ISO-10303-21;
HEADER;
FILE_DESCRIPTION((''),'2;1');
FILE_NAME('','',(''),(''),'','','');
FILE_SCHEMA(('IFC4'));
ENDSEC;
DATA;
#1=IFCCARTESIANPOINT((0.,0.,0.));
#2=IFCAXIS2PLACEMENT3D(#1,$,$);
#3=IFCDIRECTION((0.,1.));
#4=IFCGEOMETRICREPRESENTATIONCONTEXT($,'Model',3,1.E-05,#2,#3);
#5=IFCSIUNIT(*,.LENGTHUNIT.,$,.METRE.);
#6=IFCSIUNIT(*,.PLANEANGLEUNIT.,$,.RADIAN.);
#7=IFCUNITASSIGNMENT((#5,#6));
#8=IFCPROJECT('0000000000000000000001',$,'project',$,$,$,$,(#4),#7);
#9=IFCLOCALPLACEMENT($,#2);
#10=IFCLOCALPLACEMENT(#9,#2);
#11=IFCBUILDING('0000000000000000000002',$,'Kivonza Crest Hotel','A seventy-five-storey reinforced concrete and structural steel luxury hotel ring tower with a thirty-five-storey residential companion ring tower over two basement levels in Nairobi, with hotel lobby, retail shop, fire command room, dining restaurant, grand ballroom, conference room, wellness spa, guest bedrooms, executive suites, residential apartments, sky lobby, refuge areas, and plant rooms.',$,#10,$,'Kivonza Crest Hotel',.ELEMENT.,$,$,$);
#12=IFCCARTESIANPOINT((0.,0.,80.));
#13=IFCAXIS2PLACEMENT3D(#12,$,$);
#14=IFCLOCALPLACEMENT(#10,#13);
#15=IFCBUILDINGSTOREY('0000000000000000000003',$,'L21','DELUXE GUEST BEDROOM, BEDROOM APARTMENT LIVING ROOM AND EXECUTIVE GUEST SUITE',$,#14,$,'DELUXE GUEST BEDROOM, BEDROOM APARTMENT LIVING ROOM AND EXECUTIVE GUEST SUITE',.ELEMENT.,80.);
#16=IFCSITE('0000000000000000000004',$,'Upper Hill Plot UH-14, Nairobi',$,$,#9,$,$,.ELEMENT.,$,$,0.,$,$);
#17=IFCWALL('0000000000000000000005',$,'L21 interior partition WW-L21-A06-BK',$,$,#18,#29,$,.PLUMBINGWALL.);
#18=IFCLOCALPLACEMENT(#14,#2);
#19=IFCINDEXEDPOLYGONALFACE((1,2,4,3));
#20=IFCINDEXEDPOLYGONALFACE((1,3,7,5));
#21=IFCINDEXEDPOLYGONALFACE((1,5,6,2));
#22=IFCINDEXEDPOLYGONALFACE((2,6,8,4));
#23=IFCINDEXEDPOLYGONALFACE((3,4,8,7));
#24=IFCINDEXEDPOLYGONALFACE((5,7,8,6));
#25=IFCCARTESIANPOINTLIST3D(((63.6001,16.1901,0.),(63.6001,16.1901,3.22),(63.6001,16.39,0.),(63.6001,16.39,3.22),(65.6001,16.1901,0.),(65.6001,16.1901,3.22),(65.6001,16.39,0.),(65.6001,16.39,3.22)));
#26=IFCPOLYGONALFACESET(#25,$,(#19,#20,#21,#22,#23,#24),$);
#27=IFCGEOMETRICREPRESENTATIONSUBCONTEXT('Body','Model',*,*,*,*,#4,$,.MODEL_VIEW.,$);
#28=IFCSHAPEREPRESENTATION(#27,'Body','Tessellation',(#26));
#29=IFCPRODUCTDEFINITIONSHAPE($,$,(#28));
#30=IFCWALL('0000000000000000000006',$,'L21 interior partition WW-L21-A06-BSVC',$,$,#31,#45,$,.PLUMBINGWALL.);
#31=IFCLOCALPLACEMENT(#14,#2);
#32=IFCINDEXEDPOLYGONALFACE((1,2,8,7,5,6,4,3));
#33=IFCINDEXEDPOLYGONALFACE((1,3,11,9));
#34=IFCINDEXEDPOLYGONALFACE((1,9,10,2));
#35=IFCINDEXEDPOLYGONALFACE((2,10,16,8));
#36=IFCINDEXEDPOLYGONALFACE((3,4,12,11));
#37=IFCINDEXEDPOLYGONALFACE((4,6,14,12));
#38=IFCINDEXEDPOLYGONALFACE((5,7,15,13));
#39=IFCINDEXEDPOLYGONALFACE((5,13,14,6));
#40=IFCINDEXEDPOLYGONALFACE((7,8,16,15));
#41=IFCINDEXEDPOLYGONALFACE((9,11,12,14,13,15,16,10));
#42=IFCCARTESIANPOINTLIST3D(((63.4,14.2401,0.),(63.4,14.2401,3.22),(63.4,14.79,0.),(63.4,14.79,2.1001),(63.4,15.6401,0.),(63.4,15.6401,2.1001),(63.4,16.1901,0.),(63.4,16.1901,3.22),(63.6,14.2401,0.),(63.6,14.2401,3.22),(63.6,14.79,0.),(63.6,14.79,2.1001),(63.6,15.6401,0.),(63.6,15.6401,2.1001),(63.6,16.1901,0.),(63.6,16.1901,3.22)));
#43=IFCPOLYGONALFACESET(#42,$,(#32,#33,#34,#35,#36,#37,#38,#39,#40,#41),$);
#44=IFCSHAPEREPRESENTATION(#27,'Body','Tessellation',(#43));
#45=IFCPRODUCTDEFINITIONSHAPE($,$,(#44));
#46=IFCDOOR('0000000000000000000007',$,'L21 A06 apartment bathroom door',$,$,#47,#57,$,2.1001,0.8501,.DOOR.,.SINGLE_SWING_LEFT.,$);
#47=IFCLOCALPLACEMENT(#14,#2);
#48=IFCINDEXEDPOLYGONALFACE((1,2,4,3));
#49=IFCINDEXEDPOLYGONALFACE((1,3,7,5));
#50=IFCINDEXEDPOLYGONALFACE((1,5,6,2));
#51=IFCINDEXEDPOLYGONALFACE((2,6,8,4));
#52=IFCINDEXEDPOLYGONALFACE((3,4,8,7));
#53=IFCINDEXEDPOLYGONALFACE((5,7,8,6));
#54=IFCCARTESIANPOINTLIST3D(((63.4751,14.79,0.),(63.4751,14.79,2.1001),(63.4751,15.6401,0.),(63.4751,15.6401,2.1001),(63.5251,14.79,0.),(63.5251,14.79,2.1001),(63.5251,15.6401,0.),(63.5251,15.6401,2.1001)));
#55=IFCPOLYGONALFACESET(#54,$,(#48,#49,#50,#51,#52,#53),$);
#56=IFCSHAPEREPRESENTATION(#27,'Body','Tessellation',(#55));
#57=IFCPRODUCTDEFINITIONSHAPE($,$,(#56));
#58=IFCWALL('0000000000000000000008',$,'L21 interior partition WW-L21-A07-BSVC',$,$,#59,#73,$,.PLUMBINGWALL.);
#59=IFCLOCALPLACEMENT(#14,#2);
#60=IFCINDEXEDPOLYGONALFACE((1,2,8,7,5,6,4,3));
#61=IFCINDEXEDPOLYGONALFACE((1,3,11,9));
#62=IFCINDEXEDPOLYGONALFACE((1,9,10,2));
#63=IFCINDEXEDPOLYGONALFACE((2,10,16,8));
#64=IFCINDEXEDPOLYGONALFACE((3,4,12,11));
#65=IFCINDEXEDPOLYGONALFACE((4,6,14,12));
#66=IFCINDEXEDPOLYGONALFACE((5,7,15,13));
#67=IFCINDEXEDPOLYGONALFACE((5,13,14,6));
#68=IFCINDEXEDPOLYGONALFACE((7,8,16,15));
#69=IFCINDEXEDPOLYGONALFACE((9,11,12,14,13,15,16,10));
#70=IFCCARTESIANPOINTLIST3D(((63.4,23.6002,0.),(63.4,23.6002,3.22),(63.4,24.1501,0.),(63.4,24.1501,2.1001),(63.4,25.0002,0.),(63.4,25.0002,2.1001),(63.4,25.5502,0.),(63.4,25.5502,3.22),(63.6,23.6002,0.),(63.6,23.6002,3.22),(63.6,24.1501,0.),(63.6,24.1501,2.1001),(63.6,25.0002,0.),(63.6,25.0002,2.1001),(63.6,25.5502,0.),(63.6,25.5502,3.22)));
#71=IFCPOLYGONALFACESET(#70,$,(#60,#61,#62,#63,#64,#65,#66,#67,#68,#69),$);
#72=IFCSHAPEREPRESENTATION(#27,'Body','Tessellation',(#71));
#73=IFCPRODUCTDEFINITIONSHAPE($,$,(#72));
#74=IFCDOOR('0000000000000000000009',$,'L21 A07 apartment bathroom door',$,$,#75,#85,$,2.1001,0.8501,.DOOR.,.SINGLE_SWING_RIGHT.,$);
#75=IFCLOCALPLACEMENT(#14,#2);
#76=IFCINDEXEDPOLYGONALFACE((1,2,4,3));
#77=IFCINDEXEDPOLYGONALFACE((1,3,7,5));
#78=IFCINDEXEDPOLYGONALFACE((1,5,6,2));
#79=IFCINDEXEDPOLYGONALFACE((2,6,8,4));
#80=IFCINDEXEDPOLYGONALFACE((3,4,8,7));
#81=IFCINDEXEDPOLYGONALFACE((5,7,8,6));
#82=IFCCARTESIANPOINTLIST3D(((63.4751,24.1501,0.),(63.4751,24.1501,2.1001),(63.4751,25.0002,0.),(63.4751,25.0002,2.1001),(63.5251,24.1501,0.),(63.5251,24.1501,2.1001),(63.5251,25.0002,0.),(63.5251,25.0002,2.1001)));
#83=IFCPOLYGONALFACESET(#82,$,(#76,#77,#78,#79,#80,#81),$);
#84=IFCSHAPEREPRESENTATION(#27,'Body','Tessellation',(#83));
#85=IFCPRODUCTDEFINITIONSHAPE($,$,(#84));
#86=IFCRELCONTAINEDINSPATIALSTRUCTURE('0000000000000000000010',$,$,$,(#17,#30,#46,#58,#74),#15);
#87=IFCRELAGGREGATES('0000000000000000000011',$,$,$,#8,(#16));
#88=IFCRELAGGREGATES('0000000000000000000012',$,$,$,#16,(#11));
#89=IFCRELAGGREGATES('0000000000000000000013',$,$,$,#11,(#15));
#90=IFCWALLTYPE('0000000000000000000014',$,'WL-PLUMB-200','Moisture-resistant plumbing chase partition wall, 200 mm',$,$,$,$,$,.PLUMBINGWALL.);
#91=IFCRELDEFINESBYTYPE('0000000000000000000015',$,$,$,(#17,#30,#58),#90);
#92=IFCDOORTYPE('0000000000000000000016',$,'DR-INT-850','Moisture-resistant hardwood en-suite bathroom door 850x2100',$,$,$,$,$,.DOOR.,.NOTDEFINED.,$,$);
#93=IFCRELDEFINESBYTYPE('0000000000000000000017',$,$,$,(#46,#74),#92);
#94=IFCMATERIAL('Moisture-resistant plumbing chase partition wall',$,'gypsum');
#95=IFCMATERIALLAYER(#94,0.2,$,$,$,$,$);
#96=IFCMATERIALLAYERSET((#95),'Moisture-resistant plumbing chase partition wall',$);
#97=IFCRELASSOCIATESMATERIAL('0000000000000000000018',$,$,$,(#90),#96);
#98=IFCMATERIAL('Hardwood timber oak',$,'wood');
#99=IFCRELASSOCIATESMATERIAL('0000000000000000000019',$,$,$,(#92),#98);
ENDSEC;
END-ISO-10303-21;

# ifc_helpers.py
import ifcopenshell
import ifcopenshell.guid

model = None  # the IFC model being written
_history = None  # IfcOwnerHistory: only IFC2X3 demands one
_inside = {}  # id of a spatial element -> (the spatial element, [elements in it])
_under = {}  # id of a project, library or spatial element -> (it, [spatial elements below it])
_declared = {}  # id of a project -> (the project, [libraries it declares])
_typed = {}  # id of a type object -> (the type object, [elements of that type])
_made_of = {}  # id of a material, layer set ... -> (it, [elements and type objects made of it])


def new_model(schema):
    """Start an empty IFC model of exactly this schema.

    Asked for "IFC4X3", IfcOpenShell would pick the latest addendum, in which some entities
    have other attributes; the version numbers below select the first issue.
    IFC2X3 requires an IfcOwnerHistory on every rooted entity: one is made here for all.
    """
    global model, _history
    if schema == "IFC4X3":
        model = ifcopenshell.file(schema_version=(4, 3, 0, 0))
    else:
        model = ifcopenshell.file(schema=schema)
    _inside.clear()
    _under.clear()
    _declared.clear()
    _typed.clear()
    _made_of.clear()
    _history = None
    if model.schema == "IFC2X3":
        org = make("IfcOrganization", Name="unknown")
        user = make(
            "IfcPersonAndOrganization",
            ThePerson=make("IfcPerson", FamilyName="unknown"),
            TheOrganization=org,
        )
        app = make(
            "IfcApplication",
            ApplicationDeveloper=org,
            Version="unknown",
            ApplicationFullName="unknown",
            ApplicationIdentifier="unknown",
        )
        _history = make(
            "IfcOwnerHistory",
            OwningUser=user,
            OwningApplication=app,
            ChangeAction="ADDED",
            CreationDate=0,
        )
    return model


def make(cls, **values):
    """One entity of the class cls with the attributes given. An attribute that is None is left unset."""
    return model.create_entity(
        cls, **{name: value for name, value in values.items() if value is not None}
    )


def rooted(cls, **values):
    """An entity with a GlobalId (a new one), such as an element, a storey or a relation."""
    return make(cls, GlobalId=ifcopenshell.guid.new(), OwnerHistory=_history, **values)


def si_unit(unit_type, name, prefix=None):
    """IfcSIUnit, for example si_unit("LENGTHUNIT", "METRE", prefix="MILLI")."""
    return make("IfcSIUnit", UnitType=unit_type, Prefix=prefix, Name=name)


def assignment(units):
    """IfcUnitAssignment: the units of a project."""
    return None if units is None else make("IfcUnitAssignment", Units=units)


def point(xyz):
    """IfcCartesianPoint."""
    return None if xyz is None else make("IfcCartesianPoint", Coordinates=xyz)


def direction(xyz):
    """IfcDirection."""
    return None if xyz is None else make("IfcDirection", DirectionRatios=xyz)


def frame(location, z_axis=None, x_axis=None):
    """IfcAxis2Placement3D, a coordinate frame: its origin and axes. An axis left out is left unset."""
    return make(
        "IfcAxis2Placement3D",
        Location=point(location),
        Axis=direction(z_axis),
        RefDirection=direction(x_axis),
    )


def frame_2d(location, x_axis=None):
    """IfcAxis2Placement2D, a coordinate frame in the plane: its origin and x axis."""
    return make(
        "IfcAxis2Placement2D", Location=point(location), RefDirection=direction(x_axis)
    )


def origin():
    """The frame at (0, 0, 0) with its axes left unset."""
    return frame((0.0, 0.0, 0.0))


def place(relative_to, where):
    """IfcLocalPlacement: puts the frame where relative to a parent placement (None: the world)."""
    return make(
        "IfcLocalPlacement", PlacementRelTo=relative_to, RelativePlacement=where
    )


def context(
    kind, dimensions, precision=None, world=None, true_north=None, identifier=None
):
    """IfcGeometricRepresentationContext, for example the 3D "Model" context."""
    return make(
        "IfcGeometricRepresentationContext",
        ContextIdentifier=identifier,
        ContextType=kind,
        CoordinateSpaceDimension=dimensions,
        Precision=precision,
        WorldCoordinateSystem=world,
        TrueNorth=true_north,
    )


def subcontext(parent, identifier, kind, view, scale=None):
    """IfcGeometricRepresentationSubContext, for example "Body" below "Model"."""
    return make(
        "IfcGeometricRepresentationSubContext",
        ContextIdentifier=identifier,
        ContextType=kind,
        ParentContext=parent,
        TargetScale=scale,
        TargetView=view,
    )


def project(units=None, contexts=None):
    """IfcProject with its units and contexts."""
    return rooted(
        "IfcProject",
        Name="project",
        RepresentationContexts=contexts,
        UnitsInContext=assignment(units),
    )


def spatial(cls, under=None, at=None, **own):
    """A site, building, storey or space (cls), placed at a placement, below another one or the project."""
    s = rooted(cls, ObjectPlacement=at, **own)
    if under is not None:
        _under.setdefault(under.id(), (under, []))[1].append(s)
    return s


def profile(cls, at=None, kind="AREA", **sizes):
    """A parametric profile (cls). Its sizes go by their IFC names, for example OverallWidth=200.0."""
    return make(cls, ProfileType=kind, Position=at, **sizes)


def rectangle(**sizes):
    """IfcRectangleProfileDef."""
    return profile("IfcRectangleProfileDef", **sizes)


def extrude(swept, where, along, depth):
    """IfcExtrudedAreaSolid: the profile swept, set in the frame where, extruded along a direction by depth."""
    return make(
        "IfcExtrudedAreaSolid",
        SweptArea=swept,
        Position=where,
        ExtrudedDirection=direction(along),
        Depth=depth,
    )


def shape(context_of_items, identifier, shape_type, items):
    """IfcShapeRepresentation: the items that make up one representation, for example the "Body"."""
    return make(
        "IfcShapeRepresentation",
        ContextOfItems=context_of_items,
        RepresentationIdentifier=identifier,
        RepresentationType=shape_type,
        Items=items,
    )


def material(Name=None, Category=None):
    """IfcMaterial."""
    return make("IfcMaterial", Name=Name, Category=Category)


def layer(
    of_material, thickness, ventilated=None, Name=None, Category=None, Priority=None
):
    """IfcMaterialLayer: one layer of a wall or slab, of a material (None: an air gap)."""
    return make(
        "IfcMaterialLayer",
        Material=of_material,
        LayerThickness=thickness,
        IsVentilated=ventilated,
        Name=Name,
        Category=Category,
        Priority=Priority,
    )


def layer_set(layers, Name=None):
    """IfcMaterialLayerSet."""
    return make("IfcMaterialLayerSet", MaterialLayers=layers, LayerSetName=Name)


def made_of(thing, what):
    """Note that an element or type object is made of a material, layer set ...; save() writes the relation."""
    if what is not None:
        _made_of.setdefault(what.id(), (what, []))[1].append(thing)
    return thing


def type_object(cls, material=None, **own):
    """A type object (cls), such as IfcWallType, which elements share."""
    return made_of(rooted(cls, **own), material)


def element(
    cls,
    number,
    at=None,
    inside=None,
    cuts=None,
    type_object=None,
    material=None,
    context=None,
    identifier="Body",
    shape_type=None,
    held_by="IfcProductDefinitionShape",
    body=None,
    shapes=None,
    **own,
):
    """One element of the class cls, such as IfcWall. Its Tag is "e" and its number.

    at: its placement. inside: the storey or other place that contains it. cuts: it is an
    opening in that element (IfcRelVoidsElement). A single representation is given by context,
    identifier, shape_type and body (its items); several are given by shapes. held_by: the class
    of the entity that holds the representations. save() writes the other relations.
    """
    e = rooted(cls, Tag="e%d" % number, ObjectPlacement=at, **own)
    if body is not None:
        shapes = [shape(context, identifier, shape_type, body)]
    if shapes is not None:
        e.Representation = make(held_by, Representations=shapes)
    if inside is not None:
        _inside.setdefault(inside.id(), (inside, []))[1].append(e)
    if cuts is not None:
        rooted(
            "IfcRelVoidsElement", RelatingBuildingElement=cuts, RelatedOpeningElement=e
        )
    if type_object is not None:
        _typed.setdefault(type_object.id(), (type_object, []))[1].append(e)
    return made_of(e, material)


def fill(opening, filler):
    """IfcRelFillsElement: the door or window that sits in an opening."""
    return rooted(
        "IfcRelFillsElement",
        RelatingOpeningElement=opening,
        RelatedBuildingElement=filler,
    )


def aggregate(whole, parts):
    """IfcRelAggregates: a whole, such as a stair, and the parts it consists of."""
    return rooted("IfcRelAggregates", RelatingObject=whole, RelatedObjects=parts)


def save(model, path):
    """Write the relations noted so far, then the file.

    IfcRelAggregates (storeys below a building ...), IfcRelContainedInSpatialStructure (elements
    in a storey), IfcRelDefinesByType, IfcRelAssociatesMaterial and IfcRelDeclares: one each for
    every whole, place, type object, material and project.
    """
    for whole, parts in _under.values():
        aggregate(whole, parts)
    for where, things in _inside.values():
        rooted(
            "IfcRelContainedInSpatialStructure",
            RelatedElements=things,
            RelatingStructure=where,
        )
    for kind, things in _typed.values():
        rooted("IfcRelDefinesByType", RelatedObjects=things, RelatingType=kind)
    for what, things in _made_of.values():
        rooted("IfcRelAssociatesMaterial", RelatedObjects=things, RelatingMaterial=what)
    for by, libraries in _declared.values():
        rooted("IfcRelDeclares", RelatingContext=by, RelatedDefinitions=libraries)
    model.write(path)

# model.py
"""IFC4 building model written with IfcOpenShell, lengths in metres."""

from ifc_helpers import new_model, si_unit, direction, frame, frame_2d, origin, place, context, subcontext, project, spatial, rectangle, extrude, material, layer, layer_set, type_object, element, fill, save


model = new_model("IFC4")

# Units and contexts
model_context = context("Model", 3, precision=1e-05, world=origin(), true_north=direction((0.0, 1.0)))
body_context = subcontext(model_context, "Body", "Model", "MODEL_VIEW")
ifc_project = project(units=[si_unit("LENGTHUNIT", "METRE"), si_unit("PLANEANGLEUNIT", "RADIAN")], contexts=[model_context])

# Site, building, storey
site_placement = place(None, origin())
site = spatial("IfcSite", under=ifc_project, at=site_placement, Name="Upper Hill Plot UH-14, Nairobi", CompositionType="ELEMENT", RefElevation=0.0)
building_placement = place(site_placement, origin())
building = spatial("IfcBuilding", under=site, at=building_placement, Name="Kivonza Crest Hotel", Description="A seventy-five-storey reinforced concrete and structural steel luxury hotel ring tower with a thirty-five-storey residential companion ring tower over two basement levels in Nairobi, with hotel lobby, retail shop, fire command room, dining restaurant, grand ballroom, conference room, wellness spa, guest bedrooms, executive suites, residential apartments, sky lobby, refuge areas, and plant rooms.", LongName="Kivonza Crest Hotel", CompositionType="ELEMENT")
storey_placement = place(building_placement, frame((0.0, 0.0, 80.0)))
storey = spatial("IfcBuildingStorey", under=building, at=storey_placement, Name="L21", Description="DELUXE GUEST BEDROOM, BEDROOM APARTMENT LIVING ROOM AND EXECUTIVE GUEST SUITE", LongName="DELUXE GUEST BEDROOM, BEDROOM APARTMENT LIVING ROOM AND EXECUTIVE GUEST SUITE", CompositionType="ELEMENT", Elevation=80.0)

# Shared definitions
ifc_material_1 = material(Name="Hardwood timber oak", Category="wood")

# Wall
ifc_material_2 = material(Name="Moisture-resistant plumbing chase partition wall", Category="gypsum")
ifc_layer_1 = layer(ifc_material_2, 0.2)
ifc_layer_set_1 = layer_set([ifc_layer_1], Name="Moisture-resistant plumbing chase partition wall")
wall_type_1 = type_object("IfcWallType", Name="WL-PLUMB-200", Description="Moisture-resistant plumbing chase partition wall, 200 mm", PredefinedType="PLUMBINGWALL", material=ifc_layer_set_1)
wall_1_placement = place(storey_placement, frame((63.6001, 16.29, 0.0), z_axis=(0.0, 0.0, 1.0), x_axis=(1.0, 0.0, 0.0)))
element("IfcWall", 1, at=wall_1_placement, inside=storey, type_object=wall_type_1, Name="L21 interior partition WW-L21-A06-BK", PredefinedType="PLUMBINGWALL", context=body_context, shape_type="SweptSolid", body=[
    extrude(rectangle(XDim=2.0, YDim=0.2, at=frame_2d((1.0, 0.0))), origin(), (0.0, 0.0, 1.0), 3.22),
])

# Walls, openings, doors
wall_2_placement = place(storey_placement, frame((63.5, 14.24, 0.0), z_axis=(0.0, 0.0, 1.0), x_axis=(0.0, 1.0, 0.0)))
wall_2 = element("IfcWall", 2, at=wall_2_placement, inside=storey, type_object=wall_type_1, Name="L21 interior partition WW-L21-A06-BSVC", PredefinedType="PLUMBINGWALL", context=body_context, shape_type="SweptSolid", body=[
    extrude(rectangle(XDim=1.95, YDim=0.2, at=frame_2d((0.9751, 0.0))), origin(), (0.0, 0.0, 1.0), 3.22),
])
opening_1_placement = place(wall_2_placement, frame((0.55, 0.0, 0.0)))
opening_1 = element("IfcOpeningElement", 3, at=opening_1_placement, cuts=wall_2, PredefinedType="OPENING", context=body_context, shape_type="SweptSolid", body=[
    extrude(rectangle(XDim=0.8501, YDim=2.1001, at=frame_2d((0.425, 1.05))), frame((0.0, 0.1099, 0.0), z_axis=(0.0, -1.0, 0.0), x_axis=(1.0, 0.0, 0.0)), (0.0, 0.0, 1.0), 0.22),
])
door_type_1 = type_object("IfcDoorType", Name="DR-INT-850", Description="Moisture-resistant hardwood en-suite bathroom door 850x2100", OperationType="NOTDEFINED", PredefinedType="DOOR", material=ifc_material_1)
door_1_placement = place(opening_1_placement, origin())
door_1 = element("IfcDoor", 4, at=door_1_placement, inside=storey, type_object=door_type_1, Name="L21 A06 apartment bathroom door", OperationType="SINGLE_SWING_LEFT", OverallHeight=2.1001, OverallWidth=0.8501, PredefinedType="DOOR", context=body_context, shape_type="SweptSolid", body=[
    extrude(rectangle(XDim=0.8501, YDim=2.1001, at=frame_2d((0.425, 1.05))), frame((0.0, 0.0249, 0.0), z_axis=(0.0, -1.0, 0.0), x_axis=(1.0, 0.0, 0.0)), (0.0, 0.0, 1.0), 0.05),
])
fill(opening_1, door_1)
wall_3_placement = place(storey_placement, frame((63.5, 23.6001, 0.0), z_axis=(0.0, 0.0, 1.0), x_axis=(0.0, 1.0, 0.0)))
wall_3 = element("IfcWall", 5, at=wall_3_placement, inside=storey, type_object=wall_type_1, Name="L21 interior partition WW-L21-A07-BSVC", PredefinedType="PLUMBINGWALL", context=body_context, shape_type="SweptSolid", body=[
    extrude(rectangle(XDim=1.95, YDim=0.2, at=frame_2d((0.9751, 0.0))), origin(), (0.0, 0.0, 1.0), 3.22),
])
opening_2_placement = place(wall_3_placement, frame((0.55, 0.0, 0.0)))
opening_2 = element("IfcOpeningElement", 6, at=opening_2_placement, cuts=wall_3, PredefinedType="OPENING", context=body_context, shape_type="SweptSolid", body=[
    extrude(rectangle(XDim=0.8501, YDim=2.1001, at=frame_2d((0.425, 1.05))), frame((0.0, 0.1099, 0.0), z_axis=(0.0, -1.0, 0.0), x_axis=(1.0, 0.0, 0.0)), (0.0, 0.0, 1.0), 0.22),
])
door_2_placement = place(opening_2_placement, origin())
door_2 = element("IfcDoor", 7, at=door_2_placement, inside=storey, type_object=door_type_1, Name="L21 A07 apartment bathroom door", OperationType="SINGLE_SWING_RIGHT", OverallHeight=2.1001, OverallWidth=0.8501, PredefinedType="DOOR", context=body_context, shape_type="SweptSolid", body=[
    extrude(rectangle(XDim=0.8501, YDim=2.1001, at=frame_2d((0.425, 1.05))), frame((0.0, 0.0249, 0.0), z_axis=(0.0, -1.0, 0.0), x_axis=(1.0, 0.0, 0.0)), (0.0, 0.0, 1.0), 0.05),
])
fill(opening_2, door_2)

save(model, "model.ifc")
